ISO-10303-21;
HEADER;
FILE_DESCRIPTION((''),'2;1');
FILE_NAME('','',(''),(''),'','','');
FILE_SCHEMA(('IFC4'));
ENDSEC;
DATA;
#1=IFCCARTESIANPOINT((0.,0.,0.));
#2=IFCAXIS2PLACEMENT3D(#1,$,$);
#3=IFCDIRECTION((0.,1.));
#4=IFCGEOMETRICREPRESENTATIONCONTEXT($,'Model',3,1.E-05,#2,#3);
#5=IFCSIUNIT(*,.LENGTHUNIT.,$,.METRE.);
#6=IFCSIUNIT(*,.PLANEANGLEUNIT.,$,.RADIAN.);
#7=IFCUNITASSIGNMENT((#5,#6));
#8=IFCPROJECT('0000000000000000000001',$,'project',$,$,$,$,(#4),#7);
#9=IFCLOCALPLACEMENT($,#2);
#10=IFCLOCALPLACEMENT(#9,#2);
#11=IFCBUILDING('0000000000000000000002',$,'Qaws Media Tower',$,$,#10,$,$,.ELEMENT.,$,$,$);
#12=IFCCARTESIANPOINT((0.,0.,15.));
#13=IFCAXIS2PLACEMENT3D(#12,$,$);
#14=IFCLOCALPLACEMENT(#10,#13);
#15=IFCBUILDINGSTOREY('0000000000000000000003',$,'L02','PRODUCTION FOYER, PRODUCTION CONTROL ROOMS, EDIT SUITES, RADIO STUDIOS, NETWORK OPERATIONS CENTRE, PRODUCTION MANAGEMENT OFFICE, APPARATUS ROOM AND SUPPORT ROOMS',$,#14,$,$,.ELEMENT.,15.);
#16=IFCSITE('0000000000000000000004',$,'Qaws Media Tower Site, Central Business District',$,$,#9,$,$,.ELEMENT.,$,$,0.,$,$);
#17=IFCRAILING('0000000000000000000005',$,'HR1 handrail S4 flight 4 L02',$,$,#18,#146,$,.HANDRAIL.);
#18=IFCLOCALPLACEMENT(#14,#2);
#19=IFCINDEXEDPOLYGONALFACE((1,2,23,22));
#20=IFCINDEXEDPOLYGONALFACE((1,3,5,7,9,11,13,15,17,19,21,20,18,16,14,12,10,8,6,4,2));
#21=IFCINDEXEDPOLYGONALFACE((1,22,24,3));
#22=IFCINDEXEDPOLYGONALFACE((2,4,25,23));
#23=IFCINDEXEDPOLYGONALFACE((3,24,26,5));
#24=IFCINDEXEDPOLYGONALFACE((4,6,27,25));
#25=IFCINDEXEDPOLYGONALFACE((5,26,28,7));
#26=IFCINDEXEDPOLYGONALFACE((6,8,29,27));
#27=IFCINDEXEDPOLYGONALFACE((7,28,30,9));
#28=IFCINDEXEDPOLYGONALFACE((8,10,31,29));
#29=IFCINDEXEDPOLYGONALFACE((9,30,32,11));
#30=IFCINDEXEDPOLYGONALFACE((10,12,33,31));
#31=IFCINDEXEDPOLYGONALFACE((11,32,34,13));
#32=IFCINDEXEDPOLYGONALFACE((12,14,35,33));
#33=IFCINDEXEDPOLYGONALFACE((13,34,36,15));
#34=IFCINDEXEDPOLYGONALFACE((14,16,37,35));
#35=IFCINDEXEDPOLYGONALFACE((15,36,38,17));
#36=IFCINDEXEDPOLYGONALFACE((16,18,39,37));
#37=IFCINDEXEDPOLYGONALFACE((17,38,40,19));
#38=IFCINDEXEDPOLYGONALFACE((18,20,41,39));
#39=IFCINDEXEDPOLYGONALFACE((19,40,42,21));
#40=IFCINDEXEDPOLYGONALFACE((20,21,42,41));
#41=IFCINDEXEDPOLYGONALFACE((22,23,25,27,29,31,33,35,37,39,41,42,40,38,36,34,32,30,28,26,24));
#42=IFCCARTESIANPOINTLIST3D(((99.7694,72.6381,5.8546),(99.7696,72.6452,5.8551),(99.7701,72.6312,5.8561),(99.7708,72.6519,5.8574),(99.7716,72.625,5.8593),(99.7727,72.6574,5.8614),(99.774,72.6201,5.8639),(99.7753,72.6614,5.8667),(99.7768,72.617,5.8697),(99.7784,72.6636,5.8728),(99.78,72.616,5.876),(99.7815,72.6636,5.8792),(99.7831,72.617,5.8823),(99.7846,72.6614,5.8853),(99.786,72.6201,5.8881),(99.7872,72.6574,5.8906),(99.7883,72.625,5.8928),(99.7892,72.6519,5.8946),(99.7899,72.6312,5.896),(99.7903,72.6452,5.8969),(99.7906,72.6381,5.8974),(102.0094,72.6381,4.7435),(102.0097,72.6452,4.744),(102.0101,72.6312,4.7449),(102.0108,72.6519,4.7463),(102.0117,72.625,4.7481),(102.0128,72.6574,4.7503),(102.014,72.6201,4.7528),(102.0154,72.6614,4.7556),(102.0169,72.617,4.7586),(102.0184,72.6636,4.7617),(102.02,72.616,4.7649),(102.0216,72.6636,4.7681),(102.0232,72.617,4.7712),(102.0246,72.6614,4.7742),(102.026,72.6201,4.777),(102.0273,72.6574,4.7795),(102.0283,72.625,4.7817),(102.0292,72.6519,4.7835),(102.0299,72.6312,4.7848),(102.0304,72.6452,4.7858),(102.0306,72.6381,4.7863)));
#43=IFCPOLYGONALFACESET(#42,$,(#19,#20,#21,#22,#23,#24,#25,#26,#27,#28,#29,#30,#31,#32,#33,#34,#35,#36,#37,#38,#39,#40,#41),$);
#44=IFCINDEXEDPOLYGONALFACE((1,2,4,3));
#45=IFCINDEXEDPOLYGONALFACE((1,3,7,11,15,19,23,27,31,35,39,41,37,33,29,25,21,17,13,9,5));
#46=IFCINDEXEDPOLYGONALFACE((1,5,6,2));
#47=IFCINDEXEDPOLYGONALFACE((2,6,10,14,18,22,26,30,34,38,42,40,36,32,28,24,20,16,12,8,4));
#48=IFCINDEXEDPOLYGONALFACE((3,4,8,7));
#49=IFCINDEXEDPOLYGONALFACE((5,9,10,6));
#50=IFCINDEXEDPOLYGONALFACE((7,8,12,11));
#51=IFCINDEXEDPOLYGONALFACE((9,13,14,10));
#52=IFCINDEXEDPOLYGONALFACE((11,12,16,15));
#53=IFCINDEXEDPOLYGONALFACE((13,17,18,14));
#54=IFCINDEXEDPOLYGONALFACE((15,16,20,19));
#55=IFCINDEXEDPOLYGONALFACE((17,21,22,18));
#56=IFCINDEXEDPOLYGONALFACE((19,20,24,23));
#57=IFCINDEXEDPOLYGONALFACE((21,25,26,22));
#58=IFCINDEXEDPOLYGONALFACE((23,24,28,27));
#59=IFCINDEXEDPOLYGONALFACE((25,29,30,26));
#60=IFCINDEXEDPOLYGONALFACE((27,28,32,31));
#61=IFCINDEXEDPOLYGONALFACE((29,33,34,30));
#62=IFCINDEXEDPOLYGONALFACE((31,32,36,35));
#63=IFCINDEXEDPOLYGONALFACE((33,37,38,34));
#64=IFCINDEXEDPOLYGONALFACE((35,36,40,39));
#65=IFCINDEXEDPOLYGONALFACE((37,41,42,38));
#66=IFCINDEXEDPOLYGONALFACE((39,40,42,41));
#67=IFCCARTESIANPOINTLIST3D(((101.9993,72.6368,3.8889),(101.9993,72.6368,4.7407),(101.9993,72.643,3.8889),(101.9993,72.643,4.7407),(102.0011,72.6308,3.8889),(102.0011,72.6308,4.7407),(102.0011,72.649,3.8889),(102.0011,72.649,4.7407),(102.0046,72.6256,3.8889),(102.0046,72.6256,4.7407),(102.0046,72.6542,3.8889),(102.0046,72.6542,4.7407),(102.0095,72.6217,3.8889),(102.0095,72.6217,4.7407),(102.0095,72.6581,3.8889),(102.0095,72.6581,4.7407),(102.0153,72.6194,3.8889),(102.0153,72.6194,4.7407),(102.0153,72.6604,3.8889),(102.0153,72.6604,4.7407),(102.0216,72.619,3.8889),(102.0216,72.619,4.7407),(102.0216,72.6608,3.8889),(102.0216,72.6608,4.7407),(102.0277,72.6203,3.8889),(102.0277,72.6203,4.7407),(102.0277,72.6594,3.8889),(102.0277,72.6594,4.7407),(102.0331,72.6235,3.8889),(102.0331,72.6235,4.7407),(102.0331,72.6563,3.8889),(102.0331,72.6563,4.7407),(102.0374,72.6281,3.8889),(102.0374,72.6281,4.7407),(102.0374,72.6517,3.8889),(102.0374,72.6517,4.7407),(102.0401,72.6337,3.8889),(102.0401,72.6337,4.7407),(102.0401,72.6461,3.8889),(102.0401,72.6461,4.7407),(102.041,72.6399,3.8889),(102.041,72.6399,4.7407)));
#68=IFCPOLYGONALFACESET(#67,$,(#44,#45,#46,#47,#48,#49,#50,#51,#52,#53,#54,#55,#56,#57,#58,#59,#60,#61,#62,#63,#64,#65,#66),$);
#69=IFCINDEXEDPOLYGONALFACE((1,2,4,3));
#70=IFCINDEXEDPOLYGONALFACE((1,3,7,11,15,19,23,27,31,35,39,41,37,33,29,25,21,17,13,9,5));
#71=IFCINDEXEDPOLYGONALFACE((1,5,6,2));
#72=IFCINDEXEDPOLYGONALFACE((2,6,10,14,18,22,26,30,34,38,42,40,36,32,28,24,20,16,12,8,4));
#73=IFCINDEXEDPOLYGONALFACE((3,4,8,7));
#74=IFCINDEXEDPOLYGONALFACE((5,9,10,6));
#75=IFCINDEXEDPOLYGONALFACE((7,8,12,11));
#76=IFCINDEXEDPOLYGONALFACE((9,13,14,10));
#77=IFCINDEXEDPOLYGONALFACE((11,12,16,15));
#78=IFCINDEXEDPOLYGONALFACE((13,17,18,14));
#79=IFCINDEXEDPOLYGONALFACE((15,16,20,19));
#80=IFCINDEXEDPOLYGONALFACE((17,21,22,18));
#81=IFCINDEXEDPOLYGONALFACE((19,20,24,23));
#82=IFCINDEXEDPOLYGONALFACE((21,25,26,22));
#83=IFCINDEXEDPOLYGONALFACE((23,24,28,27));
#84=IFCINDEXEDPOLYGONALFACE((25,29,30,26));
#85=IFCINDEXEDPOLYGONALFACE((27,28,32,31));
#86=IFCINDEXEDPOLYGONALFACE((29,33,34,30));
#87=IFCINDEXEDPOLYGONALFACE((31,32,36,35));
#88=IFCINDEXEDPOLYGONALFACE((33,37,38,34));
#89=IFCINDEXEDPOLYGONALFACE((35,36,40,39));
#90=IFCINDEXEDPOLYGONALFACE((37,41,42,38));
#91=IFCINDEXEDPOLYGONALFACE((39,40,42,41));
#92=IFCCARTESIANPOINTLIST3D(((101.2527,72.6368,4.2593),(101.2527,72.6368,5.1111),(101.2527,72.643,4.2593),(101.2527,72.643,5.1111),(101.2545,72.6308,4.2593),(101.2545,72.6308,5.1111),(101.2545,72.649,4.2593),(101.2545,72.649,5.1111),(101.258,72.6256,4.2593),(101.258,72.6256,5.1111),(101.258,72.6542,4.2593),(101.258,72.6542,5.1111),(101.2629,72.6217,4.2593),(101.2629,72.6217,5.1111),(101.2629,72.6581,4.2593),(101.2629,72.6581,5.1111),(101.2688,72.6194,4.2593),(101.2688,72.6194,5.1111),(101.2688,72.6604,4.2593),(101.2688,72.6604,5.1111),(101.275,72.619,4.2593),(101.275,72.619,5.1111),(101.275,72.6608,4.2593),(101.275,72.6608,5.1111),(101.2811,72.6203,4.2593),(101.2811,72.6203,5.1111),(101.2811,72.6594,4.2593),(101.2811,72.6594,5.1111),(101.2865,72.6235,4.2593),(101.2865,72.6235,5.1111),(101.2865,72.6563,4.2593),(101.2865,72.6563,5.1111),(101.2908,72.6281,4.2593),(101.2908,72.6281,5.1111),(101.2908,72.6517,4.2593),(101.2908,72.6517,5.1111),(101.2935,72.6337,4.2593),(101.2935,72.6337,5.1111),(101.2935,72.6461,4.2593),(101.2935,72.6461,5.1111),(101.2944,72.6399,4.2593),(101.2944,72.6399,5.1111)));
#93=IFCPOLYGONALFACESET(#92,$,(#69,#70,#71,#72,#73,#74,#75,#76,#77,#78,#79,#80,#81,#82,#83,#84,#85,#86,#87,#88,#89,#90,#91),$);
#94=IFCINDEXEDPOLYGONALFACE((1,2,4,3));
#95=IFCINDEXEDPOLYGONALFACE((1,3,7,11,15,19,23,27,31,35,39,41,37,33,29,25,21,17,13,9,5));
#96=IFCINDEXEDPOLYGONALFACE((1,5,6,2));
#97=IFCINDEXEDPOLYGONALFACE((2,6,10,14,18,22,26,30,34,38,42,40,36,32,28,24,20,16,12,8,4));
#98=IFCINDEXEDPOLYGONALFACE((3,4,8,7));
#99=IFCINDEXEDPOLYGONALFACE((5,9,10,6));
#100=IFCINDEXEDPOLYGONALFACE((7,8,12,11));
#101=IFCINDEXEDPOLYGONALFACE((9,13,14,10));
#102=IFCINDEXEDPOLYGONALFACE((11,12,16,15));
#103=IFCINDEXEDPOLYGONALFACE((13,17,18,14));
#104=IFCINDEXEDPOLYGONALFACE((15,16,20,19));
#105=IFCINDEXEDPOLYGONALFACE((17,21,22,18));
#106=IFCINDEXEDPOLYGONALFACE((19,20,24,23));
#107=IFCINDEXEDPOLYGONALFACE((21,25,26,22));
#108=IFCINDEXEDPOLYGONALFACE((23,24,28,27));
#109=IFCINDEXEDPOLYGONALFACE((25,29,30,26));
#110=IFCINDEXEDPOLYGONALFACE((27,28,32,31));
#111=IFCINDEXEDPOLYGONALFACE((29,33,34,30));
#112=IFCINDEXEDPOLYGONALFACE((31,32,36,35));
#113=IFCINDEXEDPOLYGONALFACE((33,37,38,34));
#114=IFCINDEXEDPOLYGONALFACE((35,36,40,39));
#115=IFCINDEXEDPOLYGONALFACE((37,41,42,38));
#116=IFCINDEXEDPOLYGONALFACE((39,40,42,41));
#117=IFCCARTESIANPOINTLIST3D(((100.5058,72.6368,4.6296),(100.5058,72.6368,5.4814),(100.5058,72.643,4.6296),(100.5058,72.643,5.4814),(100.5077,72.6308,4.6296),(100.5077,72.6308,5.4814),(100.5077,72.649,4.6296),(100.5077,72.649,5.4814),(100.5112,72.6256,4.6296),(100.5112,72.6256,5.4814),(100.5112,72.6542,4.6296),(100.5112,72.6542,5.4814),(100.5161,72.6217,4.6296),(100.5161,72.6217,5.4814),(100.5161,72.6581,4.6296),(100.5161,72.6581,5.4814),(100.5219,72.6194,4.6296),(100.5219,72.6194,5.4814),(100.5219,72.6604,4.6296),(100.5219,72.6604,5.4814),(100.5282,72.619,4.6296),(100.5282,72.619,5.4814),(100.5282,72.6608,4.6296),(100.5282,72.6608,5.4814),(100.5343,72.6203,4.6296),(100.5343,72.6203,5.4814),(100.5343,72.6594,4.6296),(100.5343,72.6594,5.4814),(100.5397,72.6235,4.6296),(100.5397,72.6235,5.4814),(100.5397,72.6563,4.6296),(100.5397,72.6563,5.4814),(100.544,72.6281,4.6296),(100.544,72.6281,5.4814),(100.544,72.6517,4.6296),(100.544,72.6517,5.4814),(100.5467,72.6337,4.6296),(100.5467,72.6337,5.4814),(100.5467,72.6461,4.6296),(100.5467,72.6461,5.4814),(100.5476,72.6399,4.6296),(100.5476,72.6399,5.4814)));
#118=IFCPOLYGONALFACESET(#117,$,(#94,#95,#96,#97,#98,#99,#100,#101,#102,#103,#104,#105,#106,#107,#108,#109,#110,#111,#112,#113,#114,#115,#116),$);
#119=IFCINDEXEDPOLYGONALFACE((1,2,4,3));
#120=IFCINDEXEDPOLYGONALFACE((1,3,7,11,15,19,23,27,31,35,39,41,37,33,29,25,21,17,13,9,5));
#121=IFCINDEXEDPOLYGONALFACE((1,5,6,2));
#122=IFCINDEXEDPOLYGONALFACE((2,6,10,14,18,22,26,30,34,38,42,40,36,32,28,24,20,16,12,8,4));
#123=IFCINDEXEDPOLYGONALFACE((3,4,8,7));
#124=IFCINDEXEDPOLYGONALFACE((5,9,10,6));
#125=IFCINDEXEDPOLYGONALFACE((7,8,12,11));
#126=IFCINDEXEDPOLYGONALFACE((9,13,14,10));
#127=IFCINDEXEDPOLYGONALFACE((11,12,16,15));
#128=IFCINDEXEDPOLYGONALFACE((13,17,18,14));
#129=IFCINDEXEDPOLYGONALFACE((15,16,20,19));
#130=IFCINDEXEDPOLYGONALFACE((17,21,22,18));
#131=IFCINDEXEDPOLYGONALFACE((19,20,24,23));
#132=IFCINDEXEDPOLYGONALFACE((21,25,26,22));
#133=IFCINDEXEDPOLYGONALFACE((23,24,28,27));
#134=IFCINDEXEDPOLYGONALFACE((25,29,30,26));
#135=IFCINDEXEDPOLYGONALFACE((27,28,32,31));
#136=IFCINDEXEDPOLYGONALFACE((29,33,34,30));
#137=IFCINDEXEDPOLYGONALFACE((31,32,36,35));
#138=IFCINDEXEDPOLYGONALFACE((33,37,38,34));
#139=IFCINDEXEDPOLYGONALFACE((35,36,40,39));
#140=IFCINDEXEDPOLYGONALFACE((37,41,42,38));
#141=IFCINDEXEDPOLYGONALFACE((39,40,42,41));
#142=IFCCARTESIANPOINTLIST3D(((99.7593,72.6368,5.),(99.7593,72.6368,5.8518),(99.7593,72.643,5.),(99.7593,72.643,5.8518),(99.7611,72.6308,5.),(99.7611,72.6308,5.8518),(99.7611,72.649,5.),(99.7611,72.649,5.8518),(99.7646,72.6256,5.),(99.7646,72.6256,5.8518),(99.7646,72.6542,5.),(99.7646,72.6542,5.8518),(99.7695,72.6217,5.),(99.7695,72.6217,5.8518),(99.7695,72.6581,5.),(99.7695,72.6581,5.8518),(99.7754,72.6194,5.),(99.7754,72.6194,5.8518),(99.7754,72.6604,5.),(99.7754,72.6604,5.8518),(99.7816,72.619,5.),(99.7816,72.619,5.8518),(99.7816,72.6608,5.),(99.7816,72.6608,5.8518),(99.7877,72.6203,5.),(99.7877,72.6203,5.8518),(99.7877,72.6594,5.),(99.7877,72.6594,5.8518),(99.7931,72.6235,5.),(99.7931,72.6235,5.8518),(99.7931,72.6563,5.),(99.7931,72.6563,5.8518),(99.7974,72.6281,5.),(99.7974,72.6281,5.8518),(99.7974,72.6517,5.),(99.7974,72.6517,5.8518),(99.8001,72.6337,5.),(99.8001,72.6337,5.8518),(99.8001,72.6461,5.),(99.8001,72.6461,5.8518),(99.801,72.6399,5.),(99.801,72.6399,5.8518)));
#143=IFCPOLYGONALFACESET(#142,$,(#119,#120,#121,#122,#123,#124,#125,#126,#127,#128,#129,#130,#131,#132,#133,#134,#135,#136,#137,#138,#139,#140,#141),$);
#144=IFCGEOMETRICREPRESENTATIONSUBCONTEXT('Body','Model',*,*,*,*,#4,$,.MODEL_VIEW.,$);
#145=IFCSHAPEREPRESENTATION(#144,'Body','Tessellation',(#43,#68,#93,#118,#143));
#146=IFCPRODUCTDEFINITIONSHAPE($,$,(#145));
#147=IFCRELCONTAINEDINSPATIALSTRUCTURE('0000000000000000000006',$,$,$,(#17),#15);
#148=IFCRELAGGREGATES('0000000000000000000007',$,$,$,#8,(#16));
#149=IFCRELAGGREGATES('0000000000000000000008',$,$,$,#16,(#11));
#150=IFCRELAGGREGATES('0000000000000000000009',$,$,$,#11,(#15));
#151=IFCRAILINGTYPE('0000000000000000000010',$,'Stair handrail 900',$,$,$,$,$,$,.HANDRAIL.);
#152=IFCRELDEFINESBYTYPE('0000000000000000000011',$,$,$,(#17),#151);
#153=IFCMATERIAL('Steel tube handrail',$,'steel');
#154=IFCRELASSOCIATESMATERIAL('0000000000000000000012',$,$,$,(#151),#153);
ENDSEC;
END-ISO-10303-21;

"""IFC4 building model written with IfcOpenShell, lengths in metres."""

from ifc_helpers import new_model, si_unit, direction, frame, origin, origin_2d, place, context, subcontext, project, spatial, circle, extrude, material, type_object, element, save


model = new_model("IFC4")

# Units and contexts
model_context = context("Model", 3, precision=1e-05, world=origin(), true_north=direction((0.0, 1.0)))
body_context = subcontext(model_context, "Body", "Model", "MODEL_VIEW")
ifc_project = project(units=[si_unit("LENGTHUNIT", "METRE"), si_unit("PLANEANGLEUNIT", "RADIAN")], contexts=[model_context])

# Site, building, storey
site_placement = place(None, origin())
site = spatial("IfcSite", under=ifc_project, at=site_placement, Name="Qaws Media Tower Site, Central Business District", CompositionType="ELEMENT", RefElevation=0.0)
building_placement = place(site_placement, origin())
building = spatial("IfcBuilding", under=site, at=building_placement, Name="Qaws Media Tower", CompositionType="ELEMENT")
storey_placement = place(building_placement, frame((0.0, 0.0, 15.0)))
storey = spatial("IfcBuildingStorey", under=building, at=storey_placement, Name="L02", Description="PRODUCTION FOYER, PRODUCTION CONTROL ROOMS, EDIT SUITES, RADIO STUDIOS, NETWORK OPERATIONS CENTRE, PRODUCTION MANAGEMENT OFFICE, APPARATUS ROOM AND SUPPORT ROOMS", CompositionType="ELEMENT", Elevation=15.0)

# Railing
ifc_material_1 = material(Name="Steel tube handrail", Category="steel")
railing_type = type_object("IfcRailingType", Name="Stair handrail 900", PredefinedType="HANDRAIL", material=ifc_material_1)
for number, where, name in (
    (1, (102.02, 72.6399, 3.8889), "HR1 handrail S4 flight 4 L02"),
):
    element("IfcRailing", number, at=place(storey_placement, frame(where)), inside=storey, type_object=railing_type, Name=name, PredefinedType="HANDRAIL", context=body_context, shape_type="SweptSolid", body=[
        extrude(circle(Radius=0.0239, at=origin_2d()), frame((0.0, 0.0, 0.876), z_axis=(-0.895848, 0.0, 0.44436), x_axis=(0.0, -1.0, 0.0)), (0.0, 0.0, 1.0), 2.5005),
        extrude(circle(Radius=0.021, at=origin_2d()), origin(), (0.0, 0.0, 1.0), 0.8518),
        extrude(circle(Radius=0.021, at=origin_2d()), frame((-0.7466, 0.0, 0.3704)), (0.0, 0.0, 1.0), 0.8518),
        extrude(circle(Radius=0.021, at=origin_2d()), frame((-1.4934, 0.0, 0.7407)), (0.0, 0.0, 1.0), 0.8518),
        extrude(circle(Radius=0.021, at=origin_2d()), frame((-2.24, 0.0, 1.1111)), (0.0, 0.0, 1.0), 0.8518),
    ])

save(model, "model.ifc")
